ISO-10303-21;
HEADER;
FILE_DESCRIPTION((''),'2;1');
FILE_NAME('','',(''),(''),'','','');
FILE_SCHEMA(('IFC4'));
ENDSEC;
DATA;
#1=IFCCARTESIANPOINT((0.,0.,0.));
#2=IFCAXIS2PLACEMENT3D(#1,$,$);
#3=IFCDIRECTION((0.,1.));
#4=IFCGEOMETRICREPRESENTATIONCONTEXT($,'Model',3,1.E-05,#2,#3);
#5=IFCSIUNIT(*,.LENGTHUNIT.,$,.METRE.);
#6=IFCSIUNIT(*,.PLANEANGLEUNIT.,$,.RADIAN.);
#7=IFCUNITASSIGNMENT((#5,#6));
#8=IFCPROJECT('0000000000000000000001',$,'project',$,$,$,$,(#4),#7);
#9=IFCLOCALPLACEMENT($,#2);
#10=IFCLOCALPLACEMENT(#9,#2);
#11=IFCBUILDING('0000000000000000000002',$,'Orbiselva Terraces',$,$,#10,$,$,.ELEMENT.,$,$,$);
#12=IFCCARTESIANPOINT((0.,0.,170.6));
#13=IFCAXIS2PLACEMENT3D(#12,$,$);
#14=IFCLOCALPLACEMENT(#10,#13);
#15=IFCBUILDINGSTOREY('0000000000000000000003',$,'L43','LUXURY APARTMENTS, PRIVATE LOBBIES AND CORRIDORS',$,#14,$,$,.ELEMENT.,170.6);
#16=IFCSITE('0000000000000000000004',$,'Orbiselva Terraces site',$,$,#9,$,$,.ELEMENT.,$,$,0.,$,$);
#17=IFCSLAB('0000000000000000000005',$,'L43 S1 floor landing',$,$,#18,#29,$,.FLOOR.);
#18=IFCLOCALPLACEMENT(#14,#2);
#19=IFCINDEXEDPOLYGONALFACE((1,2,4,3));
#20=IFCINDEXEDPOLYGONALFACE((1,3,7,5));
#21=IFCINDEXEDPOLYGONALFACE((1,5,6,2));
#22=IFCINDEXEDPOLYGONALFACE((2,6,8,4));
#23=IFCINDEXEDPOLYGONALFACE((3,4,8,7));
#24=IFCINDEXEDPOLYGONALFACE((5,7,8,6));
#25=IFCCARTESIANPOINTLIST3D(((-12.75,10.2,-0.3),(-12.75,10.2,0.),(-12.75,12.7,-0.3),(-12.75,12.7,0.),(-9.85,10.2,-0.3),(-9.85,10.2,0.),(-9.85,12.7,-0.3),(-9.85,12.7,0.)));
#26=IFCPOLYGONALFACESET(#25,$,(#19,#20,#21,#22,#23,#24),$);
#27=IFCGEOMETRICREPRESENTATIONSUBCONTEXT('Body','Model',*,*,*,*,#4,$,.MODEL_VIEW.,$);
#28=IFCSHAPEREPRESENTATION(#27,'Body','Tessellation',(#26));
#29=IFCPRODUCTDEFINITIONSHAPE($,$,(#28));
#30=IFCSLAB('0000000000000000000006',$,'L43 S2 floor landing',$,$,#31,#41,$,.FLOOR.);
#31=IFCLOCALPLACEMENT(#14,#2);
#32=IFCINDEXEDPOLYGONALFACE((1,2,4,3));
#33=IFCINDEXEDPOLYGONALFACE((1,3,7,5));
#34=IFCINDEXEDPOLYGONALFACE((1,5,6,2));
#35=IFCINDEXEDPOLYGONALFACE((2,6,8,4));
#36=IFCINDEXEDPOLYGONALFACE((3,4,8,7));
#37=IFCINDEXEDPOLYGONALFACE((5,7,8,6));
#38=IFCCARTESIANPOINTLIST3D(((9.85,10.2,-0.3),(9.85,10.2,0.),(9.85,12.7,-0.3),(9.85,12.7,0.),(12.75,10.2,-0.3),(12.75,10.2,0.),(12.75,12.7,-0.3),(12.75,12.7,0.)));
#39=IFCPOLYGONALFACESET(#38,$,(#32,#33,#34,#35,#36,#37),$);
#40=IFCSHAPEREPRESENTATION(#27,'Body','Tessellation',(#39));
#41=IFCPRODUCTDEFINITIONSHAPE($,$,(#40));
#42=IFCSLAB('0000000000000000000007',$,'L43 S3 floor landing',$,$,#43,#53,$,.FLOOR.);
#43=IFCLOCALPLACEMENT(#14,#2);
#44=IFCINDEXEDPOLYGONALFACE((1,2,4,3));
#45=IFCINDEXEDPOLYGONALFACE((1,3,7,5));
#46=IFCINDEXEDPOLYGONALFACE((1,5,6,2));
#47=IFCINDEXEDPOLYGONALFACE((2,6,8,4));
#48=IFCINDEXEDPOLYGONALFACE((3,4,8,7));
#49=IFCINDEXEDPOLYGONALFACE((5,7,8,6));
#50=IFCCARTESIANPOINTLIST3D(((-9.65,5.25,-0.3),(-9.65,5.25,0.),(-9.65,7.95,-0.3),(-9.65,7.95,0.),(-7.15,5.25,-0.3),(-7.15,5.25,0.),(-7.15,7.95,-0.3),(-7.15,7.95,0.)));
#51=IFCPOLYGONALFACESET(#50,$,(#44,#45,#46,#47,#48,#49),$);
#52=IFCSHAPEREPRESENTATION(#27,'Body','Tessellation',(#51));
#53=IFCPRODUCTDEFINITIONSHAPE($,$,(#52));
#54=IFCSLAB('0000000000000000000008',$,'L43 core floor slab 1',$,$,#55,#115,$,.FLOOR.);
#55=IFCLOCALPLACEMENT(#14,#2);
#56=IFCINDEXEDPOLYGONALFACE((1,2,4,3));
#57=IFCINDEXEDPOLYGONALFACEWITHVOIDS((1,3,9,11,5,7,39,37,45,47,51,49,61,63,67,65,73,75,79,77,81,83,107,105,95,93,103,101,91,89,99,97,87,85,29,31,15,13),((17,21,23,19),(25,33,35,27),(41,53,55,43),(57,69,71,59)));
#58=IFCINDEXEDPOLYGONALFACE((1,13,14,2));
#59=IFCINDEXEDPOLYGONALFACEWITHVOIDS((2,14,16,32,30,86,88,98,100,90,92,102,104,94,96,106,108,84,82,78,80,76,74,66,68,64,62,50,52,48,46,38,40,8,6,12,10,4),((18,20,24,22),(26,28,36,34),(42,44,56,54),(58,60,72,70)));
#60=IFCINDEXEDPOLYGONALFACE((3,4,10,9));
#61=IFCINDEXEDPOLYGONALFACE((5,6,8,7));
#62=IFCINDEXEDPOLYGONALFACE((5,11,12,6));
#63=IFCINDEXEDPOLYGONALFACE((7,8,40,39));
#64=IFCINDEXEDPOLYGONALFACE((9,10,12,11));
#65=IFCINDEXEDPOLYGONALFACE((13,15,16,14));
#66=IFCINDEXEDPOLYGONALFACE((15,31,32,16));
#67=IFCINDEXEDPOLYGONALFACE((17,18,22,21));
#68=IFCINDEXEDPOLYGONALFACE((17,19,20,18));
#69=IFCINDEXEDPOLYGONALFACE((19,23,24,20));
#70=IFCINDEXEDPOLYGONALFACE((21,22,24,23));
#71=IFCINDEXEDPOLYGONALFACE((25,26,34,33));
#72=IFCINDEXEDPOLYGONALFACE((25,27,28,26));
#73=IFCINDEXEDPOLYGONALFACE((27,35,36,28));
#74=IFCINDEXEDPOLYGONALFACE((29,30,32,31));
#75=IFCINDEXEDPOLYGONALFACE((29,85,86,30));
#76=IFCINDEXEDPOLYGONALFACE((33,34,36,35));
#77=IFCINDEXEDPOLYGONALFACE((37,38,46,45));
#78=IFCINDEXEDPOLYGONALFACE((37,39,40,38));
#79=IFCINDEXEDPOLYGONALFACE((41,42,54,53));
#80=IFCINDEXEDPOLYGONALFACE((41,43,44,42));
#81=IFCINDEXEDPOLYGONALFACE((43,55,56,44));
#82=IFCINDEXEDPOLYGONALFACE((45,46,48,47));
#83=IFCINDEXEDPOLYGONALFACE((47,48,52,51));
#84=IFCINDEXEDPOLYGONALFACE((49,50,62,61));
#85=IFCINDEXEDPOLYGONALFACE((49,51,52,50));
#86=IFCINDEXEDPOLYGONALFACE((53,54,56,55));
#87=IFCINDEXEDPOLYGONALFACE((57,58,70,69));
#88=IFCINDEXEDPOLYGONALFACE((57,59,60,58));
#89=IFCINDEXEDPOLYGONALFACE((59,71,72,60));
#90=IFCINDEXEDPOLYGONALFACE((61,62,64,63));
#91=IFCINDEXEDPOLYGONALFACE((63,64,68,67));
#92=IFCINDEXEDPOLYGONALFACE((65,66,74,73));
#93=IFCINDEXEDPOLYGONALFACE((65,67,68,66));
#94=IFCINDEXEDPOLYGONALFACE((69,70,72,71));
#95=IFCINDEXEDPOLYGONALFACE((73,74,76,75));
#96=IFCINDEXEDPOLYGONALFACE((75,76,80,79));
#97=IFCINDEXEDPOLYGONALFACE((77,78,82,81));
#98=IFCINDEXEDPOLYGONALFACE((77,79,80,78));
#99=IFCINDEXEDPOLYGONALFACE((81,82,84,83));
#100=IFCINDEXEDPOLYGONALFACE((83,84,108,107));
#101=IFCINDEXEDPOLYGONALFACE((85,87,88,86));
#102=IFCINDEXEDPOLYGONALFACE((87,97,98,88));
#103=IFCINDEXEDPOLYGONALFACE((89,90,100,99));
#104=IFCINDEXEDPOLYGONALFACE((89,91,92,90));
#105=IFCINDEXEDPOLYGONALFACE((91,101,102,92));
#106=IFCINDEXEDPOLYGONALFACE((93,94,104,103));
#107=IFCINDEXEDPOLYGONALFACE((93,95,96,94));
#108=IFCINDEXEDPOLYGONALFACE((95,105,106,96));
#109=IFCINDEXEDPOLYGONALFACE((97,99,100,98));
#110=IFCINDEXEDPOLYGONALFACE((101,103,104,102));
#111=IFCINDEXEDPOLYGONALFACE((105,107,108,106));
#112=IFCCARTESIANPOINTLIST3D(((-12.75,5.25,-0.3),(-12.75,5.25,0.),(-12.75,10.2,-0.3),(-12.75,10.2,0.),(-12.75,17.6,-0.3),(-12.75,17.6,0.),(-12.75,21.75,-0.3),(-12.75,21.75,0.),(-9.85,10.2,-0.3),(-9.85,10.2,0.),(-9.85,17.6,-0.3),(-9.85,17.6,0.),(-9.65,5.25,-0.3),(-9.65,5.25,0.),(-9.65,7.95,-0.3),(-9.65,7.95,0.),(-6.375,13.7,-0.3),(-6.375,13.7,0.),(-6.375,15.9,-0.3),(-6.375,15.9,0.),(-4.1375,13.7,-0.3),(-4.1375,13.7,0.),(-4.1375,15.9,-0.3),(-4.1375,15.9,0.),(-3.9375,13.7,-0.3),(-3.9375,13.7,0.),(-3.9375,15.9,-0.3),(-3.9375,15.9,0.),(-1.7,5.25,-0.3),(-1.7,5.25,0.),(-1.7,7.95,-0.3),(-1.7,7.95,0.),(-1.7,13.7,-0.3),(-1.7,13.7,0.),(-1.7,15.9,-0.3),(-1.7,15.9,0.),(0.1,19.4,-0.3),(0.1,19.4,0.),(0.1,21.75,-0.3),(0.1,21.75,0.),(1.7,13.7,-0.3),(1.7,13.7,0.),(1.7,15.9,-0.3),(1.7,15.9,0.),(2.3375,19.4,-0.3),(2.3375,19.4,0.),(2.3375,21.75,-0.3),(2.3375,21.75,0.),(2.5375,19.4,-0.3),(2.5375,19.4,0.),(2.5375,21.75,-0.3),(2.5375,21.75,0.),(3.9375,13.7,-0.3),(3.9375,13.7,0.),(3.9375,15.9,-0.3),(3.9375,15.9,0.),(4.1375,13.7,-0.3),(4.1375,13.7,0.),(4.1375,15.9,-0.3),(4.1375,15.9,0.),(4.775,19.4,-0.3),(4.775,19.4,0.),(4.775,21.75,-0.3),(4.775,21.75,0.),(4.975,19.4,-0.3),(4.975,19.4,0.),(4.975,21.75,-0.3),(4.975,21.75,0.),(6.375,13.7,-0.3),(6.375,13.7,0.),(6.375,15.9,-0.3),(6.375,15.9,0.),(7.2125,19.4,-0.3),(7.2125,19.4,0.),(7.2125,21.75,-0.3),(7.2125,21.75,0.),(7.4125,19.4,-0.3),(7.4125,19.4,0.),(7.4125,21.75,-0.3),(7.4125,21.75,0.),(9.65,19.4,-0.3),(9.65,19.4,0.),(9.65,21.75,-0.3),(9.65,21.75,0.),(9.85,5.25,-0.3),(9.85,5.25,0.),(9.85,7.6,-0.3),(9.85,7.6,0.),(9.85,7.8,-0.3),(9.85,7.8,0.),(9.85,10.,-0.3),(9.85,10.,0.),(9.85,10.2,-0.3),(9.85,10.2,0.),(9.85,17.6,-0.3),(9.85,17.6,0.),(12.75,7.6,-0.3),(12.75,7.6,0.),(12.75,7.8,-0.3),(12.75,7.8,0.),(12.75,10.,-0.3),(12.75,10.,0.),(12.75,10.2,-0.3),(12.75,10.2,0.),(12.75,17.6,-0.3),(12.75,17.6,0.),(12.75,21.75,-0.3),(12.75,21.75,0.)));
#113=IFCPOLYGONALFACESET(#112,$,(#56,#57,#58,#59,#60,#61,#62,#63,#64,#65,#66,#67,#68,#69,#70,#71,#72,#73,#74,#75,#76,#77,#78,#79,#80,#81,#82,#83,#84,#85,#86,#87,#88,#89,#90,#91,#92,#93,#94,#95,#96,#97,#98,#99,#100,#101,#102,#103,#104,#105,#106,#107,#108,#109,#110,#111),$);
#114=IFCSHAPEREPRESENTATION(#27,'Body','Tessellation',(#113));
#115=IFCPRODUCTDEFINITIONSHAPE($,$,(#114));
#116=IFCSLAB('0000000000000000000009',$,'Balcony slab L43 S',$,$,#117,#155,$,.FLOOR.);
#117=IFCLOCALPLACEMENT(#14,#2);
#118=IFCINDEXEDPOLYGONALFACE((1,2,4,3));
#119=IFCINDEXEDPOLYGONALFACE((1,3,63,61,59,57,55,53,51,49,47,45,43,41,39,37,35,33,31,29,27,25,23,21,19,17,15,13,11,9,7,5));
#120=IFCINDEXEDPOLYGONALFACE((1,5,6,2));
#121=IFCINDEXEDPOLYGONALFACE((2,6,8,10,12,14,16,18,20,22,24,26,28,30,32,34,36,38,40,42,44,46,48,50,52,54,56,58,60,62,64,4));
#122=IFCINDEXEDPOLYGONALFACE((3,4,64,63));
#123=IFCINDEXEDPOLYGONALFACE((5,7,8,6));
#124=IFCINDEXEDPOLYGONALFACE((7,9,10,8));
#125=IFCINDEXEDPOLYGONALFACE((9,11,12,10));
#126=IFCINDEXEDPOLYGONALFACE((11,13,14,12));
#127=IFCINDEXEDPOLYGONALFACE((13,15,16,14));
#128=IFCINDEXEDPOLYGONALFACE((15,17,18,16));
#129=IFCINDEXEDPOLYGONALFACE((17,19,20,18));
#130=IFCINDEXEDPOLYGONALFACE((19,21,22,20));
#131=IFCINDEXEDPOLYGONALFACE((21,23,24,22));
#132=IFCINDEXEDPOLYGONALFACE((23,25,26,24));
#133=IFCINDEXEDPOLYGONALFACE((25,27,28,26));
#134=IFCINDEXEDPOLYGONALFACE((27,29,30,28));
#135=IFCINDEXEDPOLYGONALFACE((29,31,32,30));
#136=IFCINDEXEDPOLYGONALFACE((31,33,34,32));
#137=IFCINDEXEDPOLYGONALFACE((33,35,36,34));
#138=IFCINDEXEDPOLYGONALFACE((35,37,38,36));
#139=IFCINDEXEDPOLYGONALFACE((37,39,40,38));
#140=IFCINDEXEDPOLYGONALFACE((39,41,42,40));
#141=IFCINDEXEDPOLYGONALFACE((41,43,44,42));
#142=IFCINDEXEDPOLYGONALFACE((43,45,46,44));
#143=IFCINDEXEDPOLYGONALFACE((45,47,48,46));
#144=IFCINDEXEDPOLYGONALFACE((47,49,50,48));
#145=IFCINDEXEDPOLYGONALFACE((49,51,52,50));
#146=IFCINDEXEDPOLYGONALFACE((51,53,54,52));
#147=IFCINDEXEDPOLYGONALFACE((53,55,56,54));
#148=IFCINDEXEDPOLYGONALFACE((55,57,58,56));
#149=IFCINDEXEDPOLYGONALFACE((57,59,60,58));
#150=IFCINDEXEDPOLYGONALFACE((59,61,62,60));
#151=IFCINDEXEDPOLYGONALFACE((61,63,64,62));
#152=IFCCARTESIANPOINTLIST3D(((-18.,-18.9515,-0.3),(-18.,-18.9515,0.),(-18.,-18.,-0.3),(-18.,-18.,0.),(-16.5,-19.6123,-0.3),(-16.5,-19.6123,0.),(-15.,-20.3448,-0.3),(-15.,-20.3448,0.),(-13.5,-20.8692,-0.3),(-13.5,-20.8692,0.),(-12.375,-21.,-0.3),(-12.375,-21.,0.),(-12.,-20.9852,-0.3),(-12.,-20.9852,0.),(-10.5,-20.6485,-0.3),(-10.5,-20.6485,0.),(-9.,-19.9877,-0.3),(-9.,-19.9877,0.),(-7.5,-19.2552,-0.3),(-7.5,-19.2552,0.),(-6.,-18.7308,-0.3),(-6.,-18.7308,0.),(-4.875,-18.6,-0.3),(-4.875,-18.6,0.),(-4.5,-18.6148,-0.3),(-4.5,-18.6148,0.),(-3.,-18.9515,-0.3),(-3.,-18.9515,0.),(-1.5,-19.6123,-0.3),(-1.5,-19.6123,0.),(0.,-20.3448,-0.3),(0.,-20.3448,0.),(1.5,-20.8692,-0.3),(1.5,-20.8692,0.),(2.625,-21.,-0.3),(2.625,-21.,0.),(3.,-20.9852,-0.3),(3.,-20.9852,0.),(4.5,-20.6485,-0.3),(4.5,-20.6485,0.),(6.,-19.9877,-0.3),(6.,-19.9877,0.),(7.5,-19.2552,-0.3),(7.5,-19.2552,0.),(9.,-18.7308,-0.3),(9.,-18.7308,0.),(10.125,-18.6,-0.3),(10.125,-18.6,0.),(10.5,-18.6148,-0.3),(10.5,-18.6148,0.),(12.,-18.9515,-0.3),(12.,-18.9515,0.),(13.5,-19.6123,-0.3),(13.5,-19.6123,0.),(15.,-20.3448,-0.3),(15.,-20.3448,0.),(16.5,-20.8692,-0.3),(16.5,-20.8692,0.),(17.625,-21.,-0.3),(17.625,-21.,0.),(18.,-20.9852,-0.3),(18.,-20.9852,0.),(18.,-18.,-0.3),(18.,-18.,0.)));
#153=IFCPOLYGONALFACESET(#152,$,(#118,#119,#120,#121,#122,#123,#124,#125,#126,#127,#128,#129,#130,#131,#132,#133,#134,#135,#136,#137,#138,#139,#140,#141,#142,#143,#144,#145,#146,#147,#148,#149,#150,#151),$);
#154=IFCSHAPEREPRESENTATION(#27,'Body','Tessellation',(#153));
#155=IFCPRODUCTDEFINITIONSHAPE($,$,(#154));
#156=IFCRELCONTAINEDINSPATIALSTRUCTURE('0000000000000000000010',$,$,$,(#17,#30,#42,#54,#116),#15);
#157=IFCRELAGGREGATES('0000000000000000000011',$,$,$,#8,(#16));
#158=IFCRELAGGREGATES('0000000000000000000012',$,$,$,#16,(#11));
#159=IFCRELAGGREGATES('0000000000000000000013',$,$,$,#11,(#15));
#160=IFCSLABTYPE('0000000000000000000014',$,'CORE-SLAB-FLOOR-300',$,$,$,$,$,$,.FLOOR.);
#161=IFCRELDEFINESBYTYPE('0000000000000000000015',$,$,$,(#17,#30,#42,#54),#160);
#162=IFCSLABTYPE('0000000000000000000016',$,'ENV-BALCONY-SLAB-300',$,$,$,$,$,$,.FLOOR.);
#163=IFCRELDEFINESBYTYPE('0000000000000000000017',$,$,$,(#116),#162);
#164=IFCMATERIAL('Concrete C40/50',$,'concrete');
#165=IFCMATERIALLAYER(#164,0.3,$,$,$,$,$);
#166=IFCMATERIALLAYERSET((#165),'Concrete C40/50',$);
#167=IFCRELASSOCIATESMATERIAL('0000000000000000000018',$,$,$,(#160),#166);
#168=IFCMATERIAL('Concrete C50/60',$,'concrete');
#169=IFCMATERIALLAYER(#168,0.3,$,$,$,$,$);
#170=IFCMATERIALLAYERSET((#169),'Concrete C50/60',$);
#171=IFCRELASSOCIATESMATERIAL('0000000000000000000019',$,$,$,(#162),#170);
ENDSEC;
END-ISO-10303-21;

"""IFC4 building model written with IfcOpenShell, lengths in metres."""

from ifc_helpers import new_model, si_unit, direction, frame, origin, place, context, subcontext, project, spatial, polyline, outline, extrude, material, layer, layer_set, type_object, element, save


model = new_model("IFC4")

# Units and contexts
model_context = context("Model", 3, precision=1e-05, world=origin(), true_north=direction((0.0, 1.0)))
body_context = subcontext(model_context, "Body", "Model", "MODEL_VIEW")
ifc_project = project(units=[si_unit("LENGTHUNIT", "METRE"), si_unit("PLANEANGLEUNIT", "RADIAN")], contexts=[model_context])

# Site, building, storey
site_placement = place(None, origin())
site = spatial("IfcSite", under=ifc_project, at=site_placement, Name="Orbiselva Terraces site", CompositionType="ELEMENT", RefElevation=0.0)
building_placement = place(site_placement, origin())
building = spatial("IfcBuilding", under=site, at=building_placement, Name="Orbiselva Terraces", CompositionType="ELEMENT")
storey_placement = place(building_placement, frame((0.0, 0.0, 170.6)))
storey = spatial("IfcBuildingStorey", under=building, at=storey_placement, Name="L43", Description="LUXURY APARTMENTS, PRIVATE LOBBIES AND CORRIDORS", CompositionType="ELEMENT", Elevation=170.6)

# Slabs
ifc_material_1 = material(Name="Concrete C40/50", Category="concrete")
ifc_layer_1 = layer(ifc_material_1, 0.3)
ifc_layer_set_1 = layer_set([ifc_layer_1], Name="Concrete C40/50")
slab_type_1 = type_object("IfcSlabType", Name="CORE-SLAB-FLOOR-300", PredefinedType="FLOOR", material=ifc_layer_set_1)
slab_1_placement = place(storey_placement, frame((0.0, 0.0, -0.3)))
element("IfcSlab", 1, at=slab_1_placement, inside=storey, type_object=slab_type_1, Name="L43 S1 floor landing", PredefinedType="FLOOR", context=body_context, shape_type="SweptSolid", body=[
    extrude(outline(polyline([(-12.75, 12.7), (-9.85, 12.7), (-9.85, 10.2), (-12.75, 10.2), (-12.75, 12.7)])), origin(), (0.0, 0.0, 1.0), 0.3),
])
slab_2_placement = place(storey_placement, frame((0.0, 0.0, -0.3)))
element("IfcSlab", 2, at=slab_2_placement, inside=storey, type_object=slab_type_1, Name="L43 S2 floor landing", PredefinedType="FLOOR", context=body_context, shape_type="SweptSolid", body=[
    extrude(outline(polyline([(12.75, 12.7), (12.75, 10.2), (9.85, 10.2), (9.85, 12.7), (12.75, 12.7)])), origin(), (0.0, 0.0, 1.0), 0.3),
])
slab_3_placement = place(storey_placement, frame((0.0, 0.0, -0.3)))
element("IfcSlab", 3, at=slab_3_placement, inside=storey, type_object=slab_type_1, Name="L43 S3 floor landing", PredefinedType="FLOOR", context=body_context, shape_type="SweptSolid", body=[
    extrude(outline(polyline([(-7.15, 5.25), (-9.65, 5.25), (-9.65, 7.95), (-7.15, 7.95), (-7.15, 5.25)])), origin(), (0.0, 0.0, 1.0), 0.3),
])
slab_4_placement = place(storey_placement, frame((0.0, 0.0, -0.3)))
element("IfcSlab", 4, at=slab_4_placement, inside=storey, type_object=slab_type_1, Name="L43 core floor slab 1", PredefinedType="FLOOR", context=body_context, shape_type="SweptSolid", body=[
    extrude(outline(polyline([(-1.7, 5.25), (-1.7, 7.95), (-9.65, 7.95), (-9.65, 5.25), (-12.75, 5.25), (-12.75, 10.2), (-9.85, 10.2), (-9.85, 17.6), (-12.75, 17.6), (-12.75, 21.75), (0.1, 21.75), (0.1, 19.4), (2.3375, 19.4), (2.3375, 21.75), (2.5375, 21.75), (2.5375, 19.4), (4.775, 19.4), (4.775, 21.75), (4.975, 21.75), (4.975, 19.4), (7.2125, 19.4), (7.2125, 21.75), (7.4125, 21.75), (7.4125, 19.4), (9.65, 19.4), (9.65, 21.75), (12.75, 21.75), (12.75, 17.6), (9.85, 17.6), (9.85, 10.2), (12.75, 10.2), (12.75, 10.0), (9.85, 10.0), (9.85, 7.8), (12.75, 7.8), (12.75, 7.6), (9.85, 7.6), (9.85, 5.25), (-1.7, 5.25)]), holes=[polyline([(-4.1375, 13.7), (-4.1375, 15.9), (-6.375, 15.9), (-6.375, 13.7), (-4.1375, 13.7)]), polyline([(-1.7, 13.7), (-1.7, 15.9), (-3.9375, 15.9), (-3.9375, 13.7), (-1.7, 13.7)]), polyline([(3.9375, 15.9), (1.7, 15.9), (1.7, 13.7), (3.9375, 13.7), (3.9375, 15.9)]), polyline([(6.375, 13.7), (6.375, 15.9), (4.1375, 15.9), (4.1375, 13.7), (6.375, 13.7)])]), origin(), (0.0, 0.0, 1.0), 0.3),
])
ifc_material_2 = material(Name="Concrete C50/60", Category="concrete")
ifc_layer_2 = layer(ifc_material_2, 0.3)
ifc_layer_set_2 = layer_set([ifc_layer_2], Name="Concrete C50/60")
slab_type_2 = type_object("IfcSlabType", Name="ENV-BALCONY-SLAB-300", PredefinedType="FLOOR", material=ifc_layer_set_2)
slab_5_placement = place(storey_placement, frame((0.0, 0.0, -0.3)))
element("IfcSlab", 5, at=slab_5_placement, inside=storey, type_object=slab_type_2, Name="Balcony slab L43 S", PredefinedType="FLOOR", context=body_context, shape_type="SweptSolid", body=[
    extrude(outline(polyline([(-18.0, -18.9515), (-16.5, -19.6123), (-15.0, -20.3448), (-13.5, -20.8692), (-12.375, -21.0), (-12.0, -20.9852), (-10.5, -20.6485), (-9.0, -19.9877), (-7.5, -19.2552), (-6.0, -18.7308), (-4.875, -18.6), (-4.5, -18.6148), (-3.0, -18.9515), (-1.5, -19.6123), (0.0, -20.3448), (1.5, -20.8692), (2.625, -21.0), (3.0, -20.9852), (4.5, -20.6485), (6.0, -19.9877), (7.5, -19.2552), (9.0, -18.7308), (10.125, -18.6), (10.5, -18.6148), (12.0, -18.9515), (13.5, -19.6123), (15.0, -20.3448), (16.5, -20.8692), (17.625, -21.0), (18.0, -20.9852), (18.0, -18.0), (-18.0, -18.0), (-18.0, -18.9515)])), origin(), (0.0, 0.0, 1.0), 0.3),
])

save(model, "model.ifc")
